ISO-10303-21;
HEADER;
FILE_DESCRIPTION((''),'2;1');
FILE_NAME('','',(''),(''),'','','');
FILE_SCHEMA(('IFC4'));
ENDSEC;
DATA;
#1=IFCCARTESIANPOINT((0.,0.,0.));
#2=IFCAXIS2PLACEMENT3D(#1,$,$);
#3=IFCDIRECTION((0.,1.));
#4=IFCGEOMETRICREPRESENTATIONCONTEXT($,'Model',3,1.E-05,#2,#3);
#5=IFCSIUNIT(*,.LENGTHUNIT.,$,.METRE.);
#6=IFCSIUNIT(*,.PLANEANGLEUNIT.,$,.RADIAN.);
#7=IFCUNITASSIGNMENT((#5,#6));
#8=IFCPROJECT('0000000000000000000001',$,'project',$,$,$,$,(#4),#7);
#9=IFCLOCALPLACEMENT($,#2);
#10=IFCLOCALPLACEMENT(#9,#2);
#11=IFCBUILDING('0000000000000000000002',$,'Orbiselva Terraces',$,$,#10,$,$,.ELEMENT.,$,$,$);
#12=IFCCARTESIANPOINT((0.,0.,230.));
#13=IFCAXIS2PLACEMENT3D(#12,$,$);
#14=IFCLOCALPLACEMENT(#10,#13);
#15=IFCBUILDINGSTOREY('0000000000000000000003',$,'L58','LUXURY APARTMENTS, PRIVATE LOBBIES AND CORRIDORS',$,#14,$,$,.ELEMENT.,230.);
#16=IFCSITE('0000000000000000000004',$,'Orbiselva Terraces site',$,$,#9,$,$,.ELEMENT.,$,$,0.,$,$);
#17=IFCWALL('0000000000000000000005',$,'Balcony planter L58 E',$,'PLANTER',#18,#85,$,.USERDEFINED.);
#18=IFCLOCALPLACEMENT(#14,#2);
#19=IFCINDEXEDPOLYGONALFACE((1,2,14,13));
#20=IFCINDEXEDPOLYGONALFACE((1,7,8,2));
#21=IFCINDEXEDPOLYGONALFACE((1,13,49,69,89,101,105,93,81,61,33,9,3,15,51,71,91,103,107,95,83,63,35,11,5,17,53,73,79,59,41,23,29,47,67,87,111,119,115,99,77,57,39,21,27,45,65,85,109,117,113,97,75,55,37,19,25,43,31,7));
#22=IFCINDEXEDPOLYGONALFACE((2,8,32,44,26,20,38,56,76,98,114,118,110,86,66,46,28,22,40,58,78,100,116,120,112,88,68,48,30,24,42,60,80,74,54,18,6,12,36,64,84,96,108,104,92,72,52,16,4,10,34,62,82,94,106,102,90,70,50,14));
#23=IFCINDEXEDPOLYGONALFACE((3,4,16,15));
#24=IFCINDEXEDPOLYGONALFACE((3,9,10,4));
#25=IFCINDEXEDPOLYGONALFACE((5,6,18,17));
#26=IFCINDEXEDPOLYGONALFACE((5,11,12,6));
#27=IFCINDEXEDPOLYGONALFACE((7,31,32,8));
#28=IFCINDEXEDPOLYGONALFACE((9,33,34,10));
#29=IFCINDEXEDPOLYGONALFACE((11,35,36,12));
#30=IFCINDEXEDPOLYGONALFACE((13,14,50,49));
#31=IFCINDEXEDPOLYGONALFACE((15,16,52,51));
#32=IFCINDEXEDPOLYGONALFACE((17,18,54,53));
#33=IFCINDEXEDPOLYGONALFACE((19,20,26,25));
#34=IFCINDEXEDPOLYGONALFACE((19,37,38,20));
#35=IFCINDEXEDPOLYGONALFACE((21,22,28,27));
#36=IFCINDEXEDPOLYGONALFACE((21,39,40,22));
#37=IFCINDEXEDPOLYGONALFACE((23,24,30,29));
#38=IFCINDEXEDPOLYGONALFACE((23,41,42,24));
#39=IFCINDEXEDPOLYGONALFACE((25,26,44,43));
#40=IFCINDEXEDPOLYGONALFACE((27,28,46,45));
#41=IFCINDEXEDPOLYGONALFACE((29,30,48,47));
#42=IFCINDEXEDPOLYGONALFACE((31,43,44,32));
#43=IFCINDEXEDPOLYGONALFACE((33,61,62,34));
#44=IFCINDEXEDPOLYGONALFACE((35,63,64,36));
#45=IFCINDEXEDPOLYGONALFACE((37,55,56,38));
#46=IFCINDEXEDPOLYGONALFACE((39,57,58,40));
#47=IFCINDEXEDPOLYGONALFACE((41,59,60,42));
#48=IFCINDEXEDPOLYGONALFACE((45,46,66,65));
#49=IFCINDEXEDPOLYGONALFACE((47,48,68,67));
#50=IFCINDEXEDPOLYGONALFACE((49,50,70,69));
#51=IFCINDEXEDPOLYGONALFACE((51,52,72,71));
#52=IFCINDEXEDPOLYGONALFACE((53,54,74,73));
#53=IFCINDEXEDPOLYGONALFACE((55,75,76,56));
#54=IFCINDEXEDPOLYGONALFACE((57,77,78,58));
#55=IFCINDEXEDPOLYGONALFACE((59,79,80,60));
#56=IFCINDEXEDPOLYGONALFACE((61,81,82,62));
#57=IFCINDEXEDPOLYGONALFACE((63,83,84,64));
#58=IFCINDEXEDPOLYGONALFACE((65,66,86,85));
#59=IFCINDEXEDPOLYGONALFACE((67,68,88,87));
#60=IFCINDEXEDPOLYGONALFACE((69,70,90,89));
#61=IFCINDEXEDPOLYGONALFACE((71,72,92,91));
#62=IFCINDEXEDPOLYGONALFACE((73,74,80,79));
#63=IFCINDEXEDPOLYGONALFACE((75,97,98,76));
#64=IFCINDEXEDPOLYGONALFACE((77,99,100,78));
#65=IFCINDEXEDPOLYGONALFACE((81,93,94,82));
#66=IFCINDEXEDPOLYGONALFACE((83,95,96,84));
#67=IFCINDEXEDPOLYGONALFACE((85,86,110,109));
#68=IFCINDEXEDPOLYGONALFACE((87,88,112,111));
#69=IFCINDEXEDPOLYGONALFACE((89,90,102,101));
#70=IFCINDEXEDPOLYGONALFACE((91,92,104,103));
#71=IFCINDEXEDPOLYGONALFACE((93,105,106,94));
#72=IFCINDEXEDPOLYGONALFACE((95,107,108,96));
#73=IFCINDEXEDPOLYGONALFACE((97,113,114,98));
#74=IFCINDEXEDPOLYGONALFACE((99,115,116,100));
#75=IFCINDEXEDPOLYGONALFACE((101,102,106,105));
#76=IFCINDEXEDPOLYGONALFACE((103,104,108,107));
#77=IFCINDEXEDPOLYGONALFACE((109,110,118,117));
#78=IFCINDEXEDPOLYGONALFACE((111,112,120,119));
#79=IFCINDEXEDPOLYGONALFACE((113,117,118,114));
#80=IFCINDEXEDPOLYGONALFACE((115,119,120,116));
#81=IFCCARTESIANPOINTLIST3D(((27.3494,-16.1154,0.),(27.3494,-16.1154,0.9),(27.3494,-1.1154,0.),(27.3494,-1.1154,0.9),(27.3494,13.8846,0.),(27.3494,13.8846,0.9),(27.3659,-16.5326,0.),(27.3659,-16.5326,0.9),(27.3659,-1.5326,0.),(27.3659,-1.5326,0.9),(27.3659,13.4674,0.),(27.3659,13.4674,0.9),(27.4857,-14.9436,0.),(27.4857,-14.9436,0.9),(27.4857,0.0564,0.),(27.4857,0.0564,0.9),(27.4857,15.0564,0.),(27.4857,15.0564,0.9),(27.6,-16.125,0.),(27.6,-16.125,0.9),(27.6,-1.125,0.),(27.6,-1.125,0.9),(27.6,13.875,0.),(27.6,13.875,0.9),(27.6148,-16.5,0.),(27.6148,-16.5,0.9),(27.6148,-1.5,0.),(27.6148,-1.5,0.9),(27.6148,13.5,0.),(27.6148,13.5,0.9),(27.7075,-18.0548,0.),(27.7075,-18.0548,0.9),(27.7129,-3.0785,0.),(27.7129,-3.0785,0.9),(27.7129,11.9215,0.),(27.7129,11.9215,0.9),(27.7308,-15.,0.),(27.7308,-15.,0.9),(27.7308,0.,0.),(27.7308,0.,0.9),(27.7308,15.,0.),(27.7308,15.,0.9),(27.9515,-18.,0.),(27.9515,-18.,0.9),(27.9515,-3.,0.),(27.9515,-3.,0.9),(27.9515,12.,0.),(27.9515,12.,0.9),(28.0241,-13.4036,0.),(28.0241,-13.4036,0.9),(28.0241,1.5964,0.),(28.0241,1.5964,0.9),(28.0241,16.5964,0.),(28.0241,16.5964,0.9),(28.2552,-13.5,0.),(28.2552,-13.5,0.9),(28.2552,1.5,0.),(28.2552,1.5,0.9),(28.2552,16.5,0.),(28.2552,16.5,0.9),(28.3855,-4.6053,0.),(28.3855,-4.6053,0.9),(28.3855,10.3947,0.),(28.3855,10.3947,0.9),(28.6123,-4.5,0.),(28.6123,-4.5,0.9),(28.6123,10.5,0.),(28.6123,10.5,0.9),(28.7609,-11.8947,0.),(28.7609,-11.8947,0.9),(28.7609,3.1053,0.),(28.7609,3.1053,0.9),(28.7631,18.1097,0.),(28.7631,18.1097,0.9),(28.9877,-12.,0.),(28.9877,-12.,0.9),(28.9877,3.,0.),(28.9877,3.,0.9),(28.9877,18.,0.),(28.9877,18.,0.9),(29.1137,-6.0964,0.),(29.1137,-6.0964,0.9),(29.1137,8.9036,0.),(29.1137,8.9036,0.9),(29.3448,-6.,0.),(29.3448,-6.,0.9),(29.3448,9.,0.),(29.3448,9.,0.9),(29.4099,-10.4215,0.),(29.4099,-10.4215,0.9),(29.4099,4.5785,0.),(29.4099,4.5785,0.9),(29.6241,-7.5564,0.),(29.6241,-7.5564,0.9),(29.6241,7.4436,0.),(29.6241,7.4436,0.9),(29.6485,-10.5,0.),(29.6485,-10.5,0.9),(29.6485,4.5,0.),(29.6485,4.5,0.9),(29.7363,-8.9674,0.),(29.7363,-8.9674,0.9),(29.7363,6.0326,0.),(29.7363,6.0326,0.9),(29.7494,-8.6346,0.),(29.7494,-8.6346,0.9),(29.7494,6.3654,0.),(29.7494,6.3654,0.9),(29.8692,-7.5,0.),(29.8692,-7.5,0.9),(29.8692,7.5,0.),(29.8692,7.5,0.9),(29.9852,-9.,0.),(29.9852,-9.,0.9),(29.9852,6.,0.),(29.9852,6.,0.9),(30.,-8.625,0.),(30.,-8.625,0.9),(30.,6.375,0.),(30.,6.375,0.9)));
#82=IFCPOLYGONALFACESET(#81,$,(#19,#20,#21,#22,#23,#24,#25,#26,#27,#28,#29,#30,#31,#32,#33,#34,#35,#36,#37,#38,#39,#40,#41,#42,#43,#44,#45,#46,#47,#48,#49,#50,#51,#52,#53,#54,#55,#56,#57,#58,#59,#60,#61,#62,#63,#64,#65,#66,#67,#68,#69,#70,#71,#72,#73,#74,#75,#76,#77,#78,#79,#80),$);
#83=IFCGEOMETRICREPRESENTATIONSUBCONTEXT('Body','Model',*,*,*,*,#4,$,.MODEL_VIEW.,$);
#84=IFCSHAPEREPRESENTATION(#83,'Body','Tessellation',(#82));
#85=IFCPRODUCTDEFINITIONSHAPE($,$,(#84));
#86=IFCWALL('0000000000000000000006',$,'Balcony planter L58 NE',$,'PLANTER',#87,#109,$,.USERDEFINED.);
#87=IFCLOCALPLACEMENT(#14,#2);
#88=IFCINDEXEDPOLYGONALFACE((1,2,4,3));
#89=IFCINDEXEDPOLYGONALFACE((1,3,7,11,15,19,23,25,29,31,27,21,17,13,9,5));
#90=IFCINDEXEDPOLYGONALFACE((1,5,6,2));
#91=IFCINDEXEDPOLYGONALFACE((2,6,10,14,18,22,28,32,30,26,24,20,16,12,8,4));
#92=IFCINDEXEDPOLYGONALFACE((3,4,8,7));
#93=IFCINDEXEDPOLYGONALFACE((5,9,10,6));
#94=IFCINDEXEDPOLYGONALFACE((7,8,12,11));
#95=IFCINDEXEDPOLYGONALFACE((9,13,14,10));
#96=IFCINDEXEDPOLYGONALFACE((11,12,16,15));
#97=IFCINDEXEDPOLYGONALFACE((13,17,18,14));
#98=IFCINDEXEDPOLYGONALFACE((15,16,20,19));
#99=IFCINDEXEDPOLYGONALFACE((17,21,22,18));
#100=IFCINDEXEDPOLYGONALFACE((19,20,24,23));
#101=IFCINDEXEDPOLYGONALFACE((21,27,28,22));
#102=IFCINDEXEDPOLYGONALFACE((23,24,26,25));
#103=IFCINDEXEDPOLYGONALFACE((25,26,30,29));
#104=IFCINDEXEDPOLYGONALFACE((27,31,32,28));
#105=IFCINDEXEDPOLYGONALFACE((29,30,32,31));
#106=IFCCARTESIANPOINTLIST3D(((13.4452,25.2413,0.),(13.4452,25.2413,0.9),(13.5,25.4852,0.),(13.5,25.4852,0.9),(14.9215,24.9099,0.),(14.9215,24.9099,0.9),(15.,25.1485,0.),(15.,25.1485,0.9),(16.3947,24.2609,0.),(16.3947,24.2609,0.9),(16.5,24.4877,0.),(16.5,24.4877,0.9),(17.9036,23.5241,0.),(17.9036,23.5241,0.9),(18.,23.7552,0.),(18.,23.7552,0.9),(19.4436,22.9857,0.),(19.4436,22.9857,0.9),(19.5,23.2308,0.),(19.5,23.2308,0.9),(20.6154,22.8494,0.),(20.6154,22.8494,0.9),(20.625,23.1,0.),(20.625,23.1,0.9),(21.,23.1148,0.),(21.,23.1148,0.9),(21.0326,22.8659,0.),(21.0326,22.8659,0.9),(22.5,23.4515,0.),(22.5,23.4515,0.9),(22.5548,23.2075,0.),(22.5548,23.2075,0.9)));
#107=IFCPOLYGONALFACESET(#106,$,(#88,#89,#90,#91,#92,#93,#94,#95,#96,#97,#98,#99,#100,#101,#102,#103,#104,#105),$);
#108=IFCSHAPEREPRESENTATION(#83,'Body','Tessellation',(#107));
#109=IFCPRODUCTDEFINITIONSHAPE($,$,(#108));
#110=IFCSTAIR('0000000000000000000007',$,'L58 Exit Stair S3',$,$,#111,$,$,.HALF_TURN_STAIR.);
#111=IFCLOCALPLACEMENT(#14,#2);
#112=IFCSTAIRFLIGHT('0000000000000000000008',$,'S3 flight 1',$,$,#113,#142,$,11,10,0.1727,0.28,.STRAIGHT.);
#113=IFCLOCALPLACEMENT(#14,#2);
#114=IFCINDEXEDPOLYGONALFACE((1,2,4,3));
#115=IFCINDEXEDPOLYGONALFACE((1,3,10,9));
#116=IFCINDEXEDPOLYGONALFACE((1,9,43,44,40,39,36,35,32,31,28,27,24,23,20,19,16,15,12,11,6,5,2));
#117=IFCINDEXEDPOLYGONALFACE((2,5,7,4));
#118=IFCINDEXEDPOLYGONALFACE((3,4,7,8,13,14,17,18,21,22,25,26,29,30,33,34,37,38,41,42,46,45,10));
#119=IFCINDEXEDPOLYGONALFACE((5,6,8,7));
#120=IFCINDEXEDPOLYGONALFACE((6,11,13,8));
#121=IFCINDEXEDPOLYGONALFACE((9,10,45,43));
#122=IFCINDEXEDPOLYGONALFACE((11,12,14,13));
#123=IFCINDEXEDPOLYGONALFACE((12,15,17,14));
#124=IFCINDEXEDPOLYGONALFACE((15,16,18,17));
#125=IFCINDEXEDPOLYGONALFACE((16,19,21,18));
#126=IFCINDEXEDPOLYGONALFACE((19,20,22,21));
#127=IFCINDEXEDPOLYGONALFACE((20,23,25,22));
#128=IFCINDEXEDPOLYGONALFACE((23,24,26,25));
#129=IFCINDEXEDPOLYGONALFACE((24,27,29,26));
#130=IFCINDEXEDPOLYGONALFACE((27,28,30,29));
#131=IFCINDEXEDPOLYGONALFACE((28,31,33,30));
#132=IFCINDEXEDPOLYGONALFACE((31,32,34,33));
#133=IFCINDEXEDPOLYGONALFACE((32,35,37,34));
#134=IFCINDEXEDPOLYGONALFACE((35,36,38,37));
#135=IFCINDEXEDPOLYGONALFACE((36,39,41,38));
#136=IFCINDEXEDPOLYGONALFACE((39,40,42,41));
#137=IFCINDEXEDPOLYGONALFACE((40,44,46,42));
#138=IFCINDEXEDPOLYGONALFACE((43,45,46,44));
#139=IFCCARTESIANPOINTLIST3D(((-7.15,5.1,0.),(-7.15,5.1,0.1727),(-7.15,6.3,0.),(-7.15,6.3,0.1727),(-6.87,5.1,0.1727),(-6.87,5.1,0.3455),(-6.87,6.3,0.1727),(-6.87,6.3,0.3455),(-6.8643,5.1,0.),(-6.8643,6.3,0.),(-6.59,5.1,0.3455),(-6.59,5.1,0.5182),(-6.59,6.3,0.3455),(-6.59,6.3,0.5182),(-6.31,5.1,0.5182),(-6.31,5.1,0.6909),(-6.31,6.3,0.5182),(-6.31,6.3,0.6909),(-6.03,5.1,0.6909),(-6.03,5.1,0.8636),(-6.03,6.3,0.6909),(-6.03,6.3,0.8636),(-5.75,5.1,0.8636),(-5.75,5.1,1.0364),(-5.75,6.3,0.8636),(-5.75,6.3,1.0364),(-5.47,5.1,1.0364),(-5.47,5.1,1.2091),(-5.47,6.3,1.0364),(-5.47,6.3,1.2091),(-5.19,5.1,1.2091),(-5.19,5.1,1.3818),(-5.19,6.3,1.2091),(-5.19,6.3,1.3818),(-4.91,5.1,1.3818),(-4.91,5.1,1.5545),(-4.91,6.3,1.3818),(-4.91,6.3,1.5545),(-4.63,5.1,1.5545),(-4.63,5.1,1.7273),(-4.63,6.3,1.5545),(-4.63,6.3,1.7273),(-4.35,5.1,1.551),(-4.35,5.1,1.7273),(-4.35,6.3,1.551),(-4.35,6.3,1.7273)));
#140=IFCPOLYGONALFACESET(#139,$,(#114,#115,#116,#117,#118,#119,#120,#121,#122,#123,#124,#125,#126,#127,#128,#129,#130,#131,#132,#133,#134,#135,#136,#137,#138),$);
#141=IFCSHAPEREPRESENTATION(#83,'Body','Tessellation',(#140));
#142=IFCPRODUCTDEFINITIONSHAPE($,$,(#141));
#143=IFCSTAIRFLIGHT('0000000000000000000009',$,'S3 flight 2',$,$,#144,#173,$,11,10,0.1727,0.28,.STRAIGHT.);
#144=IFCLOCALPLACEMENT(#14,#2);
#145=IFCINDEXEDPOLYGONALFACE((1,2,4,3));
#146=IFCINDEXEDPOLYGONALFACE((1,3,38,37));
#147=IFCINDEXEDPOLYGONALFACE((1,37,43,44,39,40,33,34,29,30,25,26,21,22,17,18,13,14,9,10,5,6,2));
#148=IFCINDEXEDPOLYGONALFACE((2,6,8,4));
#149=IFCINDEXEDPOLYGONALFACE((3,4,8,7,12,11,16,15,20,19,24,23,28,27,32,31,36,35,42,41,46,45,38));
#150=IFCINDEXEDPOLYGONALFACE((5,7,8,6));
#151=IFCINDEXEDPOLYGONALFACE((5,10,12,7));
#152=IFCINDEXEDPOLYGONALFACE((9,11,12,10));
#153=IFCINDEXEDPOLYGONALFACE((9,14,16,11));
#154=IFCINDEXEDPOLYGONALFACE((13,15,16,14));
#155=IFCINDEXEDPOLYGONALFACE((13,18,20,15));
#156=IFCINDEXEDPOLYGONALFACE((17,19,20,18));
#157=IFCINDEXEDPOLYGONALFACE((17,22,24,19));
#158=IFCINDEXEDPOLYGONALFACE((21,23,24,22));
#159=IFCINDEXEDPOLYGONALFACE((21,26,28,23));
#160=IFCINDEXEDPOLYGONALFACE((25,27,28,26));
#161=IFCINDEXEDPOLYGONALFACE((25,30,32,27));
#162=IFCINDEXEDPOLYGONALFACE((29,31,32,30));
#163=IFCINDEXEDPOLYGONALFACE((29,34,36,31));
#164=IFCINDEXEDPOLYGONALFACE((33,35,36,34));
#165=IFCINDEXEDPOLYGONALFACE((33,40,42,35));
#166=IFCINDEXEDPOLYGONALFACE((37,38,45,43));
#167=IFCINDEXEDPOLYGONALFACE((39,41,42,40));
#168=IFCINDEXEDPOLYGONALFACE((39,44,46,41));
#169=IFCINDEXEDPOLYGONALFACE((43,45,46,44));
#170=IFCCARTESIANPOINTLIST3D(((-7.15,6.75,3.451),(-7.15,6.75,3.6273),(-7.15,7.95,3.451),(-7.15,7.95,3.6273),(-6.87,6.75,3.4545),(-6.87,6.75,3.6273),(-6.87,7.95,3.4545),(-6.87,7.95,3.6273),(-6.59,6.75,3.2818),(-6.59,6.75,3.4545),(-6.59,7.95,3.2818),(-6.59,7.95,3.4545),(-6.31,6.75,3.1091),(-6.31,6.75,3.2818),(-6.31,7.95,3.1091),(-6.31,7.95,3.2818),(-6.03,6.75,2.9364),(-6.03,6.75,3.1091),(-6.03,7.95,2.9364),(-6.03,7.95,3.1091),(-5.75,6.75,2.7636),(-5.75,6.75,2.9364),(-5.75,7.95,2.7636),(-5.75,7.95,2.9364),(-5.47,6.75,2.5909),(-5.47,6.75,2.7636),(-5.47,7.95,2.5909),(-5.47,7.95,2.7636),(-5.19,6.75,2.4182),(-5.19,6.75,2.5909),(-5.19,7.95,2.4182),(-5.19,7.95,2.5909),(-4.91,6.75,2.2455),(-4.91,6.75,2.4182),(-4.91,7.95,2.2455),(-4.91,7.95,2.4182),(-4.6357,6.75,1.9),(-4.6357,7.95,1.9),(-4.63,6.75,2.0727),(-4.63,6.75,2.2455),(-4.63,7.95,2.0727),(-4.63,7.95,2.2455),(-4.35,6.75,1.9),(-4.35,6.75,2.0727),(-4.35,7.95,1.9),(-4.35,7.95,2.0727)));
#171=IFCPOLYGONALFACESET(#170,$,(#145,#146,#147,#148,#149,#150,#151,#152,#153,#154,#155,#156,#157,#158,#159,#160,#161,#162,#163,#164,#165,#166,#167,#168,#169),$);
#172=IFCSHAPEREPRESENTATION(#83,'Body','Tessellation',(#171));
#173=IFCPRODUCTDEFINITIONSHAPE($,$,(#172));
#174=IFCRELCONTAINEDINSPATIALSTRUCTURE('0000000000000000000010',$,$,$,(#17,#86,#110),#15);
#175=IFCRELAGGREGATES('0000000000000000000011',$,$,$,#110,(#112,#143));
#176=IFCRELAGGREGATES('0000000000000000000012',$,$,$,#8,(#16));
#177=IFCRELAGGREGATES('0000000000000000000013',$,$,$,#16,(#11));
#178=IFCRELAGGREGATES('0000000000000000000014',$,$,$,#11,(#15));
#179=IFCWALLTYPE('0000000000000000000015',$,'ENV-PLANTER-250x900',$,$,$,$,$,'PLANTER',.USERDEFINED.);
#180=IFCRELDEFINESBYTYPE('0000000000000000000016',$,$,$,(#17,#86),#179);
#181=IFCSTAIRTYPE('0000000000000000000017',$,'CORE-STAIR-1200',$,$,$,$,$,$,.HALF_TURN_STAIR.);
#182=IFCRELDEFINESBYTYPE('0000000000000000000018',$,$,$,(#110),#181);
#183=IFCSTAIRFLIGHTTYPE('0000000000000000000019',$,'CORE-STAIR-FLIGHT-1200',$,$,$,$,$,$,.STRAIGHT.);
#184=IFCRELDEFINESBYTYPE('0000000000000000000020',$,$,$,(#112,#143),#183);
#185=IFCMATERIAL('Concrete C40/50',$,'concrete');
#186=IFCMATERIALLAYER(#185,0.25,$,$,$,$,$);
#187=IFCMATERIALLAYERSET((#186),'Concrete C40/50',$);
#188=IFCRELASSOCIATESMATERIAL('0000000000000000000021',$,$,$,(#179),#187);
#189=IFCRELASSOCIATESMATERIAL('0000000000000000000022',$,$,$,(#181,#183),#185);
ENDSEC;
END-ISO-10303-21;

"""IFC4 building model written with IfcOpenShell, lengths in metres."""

from ifc_helpers import new_model, si_unit, direction, frame, origin, place, context, subcontext, project, spatial, polyline, outline, extrude, material, layer, layer_set, type_object, element, aggregate, save


model = new_model("IFC4")

# Units and contexts
model_context = context("Model", 3, precision=1e-05, world=origin(), true_north=direction((0.0, 1.0)))
body_context = subcontext(model_context, "Body", "Model", "MODEL_VIEW")
ifc_project = project(units=[si_unit("LENGTHUNIT", "METRE"), si_unit("PLANEANGLEUNIT", "RADIAN")], contexts=[model_context])

# Site, building, storey
site_placement = place(None, origin())
site = spatial("IfcSite", under=ifc_project, at=site_placement, Name="Orbiselva Terraces site", CompositionType="ELEMENT", RefElevation=0.0)
building_placement = place(site_placement, origin())
building = spatial("IfcBuilding", under=site, at=building_placement, Name="Orbiselva Terraces", CompositionType="ELEMENT")
storey_placement = place(building_placement, frame((0.0, 0.0, 230.0)))
storey = spatial("IfcBuildingStorey", under=building, at=storey_placement, Name="L58", Description="LUXURY APARTMENTS, PRIVATE LOBBIES AND CORRIDORS", CompositionType="ELEMENT", Elevation=230.0)

# Walls
ifc_material_1 = material(Name="Concrete C40/50", Category="concrete")
ifc_layer_1 = layer(ifc_material_1, 0.25)
ifc_layer_set_1 = layer_set([ifc_layer_1], Name="Concrete C40/50")
wall_type_1 = type_object("IfcWallType", Name="ENV-PLANTER-250x900", ElementType="PLANTER", PredefinedType="USERDEFINED", material=ifc_layer_set_1)
wall_1_placement = place(storey_placement, origin())
element("IfcWall", 1, at=wall_1_placement, inside=storey, type_object=wall_type_1, Name="Balcony planter L58 E", ObjectType="PLANTER", PredefinedType="USERDEFINED", context=body_context, shape_type="SweptSolid", body=[
    extrude(outline(polyline([(27.9515, -18.0), (27.6148, -16.5), (27.6, -16.125), (27.7308, -15.0), (28.2552, -13.5), (28.9877, -12.0), (29.6485, -10.5), (29.9852, -9.0), (30.0, -8.625), (29.8692, -7.5), (29.3448, -6.0), (28.6123, -4.5), (27.9515, -3.0), (27.6148, -1.5), (27.6, -1.125), (27.7308, 0.0), (28.2552, 1.5), (28.9877, 3.0), (29.6485, 4.5), (29.9852, 6.0), (30.0, 6.375), (29.8692, 7.5), (29.3448, 9.0), (28.6123, 10.5), (27.9515, 12.0), (27.6148, 13.5), (27.6, 13.875), (27.7308, 15.0), (28.2552, 16.5), (28.9877, 18.0), (28.7631, 18.1097), (28.0241, 16.5964), (27.4857, 15.0564), (27.3494, 13.8846), (27.3659, 13.4674), (27.7129, 11.9215), (28.3855, 10.3947), (29.1137, 8.9036), (29.6241, 7.4436), (29.7494, 6.3654), (29.7363, 6.0326), (29.4099, 4.5785), (28.7609, 3.1053), (28.0241, 1.5964), (27.4857, 0.0564), (27.3494, -1.1154), (27.3659, -1.5326), (27.7129, -3.0785), (28.3855, -4.6053), (29.1137, -6.0964), (29.6241, -7.5564), (29.7494, -8.6346), (29.7363, -8.9674), (29.4099, -10.4215), (28.7609, -11.8947), (28.0241, -13.4036), (27.4857, -14.9436), (27.3494, -16.1154), (27.3659, -16.5326), (27.7075, -18.0548), (27.9515, -18.0)])), origin(), (0.0, 0.0, 1.0), 0.9),
])
wall_2_placement = place(storey_placement, origin())
element("IfcWall", 2, at=wall_2_placement, inside=storey, type_object=wall_type_1, Name="Balcony planter L58 NE", ObjectType="PLANTER", PredefinedType="USERDEFINED", context=body_context, shape_type="SweptSolid", body=[
    extrude(outline(polyline([(22.5, 23.4515), (21.0, 23.1148), (20.625, 23.1), (19.5, 23.2308), (18.0, 23.7552), (16.5, 24.4877), (15.0, 25.1485), (13.5, 25.4852), (13.4452, 25.2413), (14.9215, 24.9099), (16.3947, 24.2609), (17.9036, 23.5241), (19.4436, 22.9857), (20.6154, 22.8494), (21.0326, 22.8659), (22.5548, 23.2075), (22.5, 23.4515)])), origin(), (0.0, 0.0, 1.0), 0.9),
])

# Stair, stair flights
stair_type = type_object("IfcStairType", Name="CORE-STAIR-1200", PredefinedType="HALF_TURN_STAIR", material=ifc_material_1)
stair_placement = place(storey_placement, origin())
stair = element("IfcStair", 3, at=stair_placement, inside=storey, type_object=stair_type, Name="L58 Exit Stair S3", PredefinedType="HALF_TURN_STAIR")
stair_flight_type = type_object("IfcStairFlightType", Name="CORE-STAIR-FLIGHT-1200", PredefinedType="STRAIGHT", material=ifc_material_1)
stair_flight_1_placement = place(storey_placement, frame((-7.15, 5.7, 0.0), z_axis=(0.0, 0.0, 1.0), x_axis=(1.0, 0.0, 0.0)))
stair_flight_1 = element("IfcStairFlight", 4, at=stair_flight_1_placement, type_object=stair_flight_type, Name="S3 flight 1", NumberOfRisers=11, NumberOfTreads=10, PredefinedType="STRAIGHT", RiserHeight=0.1727, TreadLength=0.28, context=body_context, shape_type="SweptSolid", body=[
    extrude(outline(polyline([(0.0, 0.0), (0.0, 0.1727), (0.28, 0.1727), (0.28, 0.3455), (0.56, 0.3455), (0.56, 0.5182), (0.84, 0.5182), (0.84, 0.6909), (1.12, 0.6909), (1.12, 0.8636), (1.4, 0.8636), (1.4, 1.0364), (1.68, 1.0364), (1.68, 1.2091), (1.96, 1.2091), (1.96, 1.3818), (2.24, 1.3818), (2.24, 1.5545), (2.52, 1.5545), (2.52, 1.7273), (2.8, 1.7273), (2.8, 1.9), (2.8, 1.551), (0.2857, 0.0), (0.0, 0.0)])), frame((0.0, 0.6, 0.0), z_axis=(0.0, -1.0, 0.0), x_axis=(1.0, 0.0, 0.0)), (0.0, 0.0, 1.0), 1.2),
])
stair_flight_2_placement = place(storey_placement, frame((-4.35, 7.35, 1.9), z_axis=(0.0, 0.0, 1.0), x_axis=(-1.0, 0.0, 0.0)))
stair_flight_2 = element("IfcStairFlight", 5, at=stair_flight_2_placement, type_object=stair_flight_type, Name="S3 flight 2", NumberOfRisers=11, NumberOfTreads=10, PredefinedType="STRAIGHT", RiserHeight=0.1727, TreadLength=0.28, context=body_context, shape_type="SweptSolid", body=[
    extrude(outline(polyline([(0.0, 0.0), (0.0, 0.1727), (0.28, 0.1727), (0.28, 0.3455), (0.56, 0.3455), (0.56, 0.5182), (0.84, 0.5182), (0.84, 0.6909), (1.12, 0.6909), (1.12, 0.8636), (1.4, 0.8636), (1.4, 1.0364), (1.68, 1.0364), (1.68, 1.2091), (1.96, 1.2091), (1.96, 1.3818), (2.24, 1.3818), (2.24, 1.5545), (2.52, 1.5545), (2.52, 1.7273), (2.8, 1.7273), (2.8, 1.9), (2.8, 1.551), (0.2857, 0.0), (0.0, 0.0)])), frame((0.0, 0.6, 0.0), z_axis=(0.0, -1.0, 0.0), x_axis=(1.0, 0.0, 0.0)), (0.0, 0.0, 1.0), 1.2),
])
aggregate(stair, [stair_flight_1, stair_flight_2])

save(model, "model.ifc")
